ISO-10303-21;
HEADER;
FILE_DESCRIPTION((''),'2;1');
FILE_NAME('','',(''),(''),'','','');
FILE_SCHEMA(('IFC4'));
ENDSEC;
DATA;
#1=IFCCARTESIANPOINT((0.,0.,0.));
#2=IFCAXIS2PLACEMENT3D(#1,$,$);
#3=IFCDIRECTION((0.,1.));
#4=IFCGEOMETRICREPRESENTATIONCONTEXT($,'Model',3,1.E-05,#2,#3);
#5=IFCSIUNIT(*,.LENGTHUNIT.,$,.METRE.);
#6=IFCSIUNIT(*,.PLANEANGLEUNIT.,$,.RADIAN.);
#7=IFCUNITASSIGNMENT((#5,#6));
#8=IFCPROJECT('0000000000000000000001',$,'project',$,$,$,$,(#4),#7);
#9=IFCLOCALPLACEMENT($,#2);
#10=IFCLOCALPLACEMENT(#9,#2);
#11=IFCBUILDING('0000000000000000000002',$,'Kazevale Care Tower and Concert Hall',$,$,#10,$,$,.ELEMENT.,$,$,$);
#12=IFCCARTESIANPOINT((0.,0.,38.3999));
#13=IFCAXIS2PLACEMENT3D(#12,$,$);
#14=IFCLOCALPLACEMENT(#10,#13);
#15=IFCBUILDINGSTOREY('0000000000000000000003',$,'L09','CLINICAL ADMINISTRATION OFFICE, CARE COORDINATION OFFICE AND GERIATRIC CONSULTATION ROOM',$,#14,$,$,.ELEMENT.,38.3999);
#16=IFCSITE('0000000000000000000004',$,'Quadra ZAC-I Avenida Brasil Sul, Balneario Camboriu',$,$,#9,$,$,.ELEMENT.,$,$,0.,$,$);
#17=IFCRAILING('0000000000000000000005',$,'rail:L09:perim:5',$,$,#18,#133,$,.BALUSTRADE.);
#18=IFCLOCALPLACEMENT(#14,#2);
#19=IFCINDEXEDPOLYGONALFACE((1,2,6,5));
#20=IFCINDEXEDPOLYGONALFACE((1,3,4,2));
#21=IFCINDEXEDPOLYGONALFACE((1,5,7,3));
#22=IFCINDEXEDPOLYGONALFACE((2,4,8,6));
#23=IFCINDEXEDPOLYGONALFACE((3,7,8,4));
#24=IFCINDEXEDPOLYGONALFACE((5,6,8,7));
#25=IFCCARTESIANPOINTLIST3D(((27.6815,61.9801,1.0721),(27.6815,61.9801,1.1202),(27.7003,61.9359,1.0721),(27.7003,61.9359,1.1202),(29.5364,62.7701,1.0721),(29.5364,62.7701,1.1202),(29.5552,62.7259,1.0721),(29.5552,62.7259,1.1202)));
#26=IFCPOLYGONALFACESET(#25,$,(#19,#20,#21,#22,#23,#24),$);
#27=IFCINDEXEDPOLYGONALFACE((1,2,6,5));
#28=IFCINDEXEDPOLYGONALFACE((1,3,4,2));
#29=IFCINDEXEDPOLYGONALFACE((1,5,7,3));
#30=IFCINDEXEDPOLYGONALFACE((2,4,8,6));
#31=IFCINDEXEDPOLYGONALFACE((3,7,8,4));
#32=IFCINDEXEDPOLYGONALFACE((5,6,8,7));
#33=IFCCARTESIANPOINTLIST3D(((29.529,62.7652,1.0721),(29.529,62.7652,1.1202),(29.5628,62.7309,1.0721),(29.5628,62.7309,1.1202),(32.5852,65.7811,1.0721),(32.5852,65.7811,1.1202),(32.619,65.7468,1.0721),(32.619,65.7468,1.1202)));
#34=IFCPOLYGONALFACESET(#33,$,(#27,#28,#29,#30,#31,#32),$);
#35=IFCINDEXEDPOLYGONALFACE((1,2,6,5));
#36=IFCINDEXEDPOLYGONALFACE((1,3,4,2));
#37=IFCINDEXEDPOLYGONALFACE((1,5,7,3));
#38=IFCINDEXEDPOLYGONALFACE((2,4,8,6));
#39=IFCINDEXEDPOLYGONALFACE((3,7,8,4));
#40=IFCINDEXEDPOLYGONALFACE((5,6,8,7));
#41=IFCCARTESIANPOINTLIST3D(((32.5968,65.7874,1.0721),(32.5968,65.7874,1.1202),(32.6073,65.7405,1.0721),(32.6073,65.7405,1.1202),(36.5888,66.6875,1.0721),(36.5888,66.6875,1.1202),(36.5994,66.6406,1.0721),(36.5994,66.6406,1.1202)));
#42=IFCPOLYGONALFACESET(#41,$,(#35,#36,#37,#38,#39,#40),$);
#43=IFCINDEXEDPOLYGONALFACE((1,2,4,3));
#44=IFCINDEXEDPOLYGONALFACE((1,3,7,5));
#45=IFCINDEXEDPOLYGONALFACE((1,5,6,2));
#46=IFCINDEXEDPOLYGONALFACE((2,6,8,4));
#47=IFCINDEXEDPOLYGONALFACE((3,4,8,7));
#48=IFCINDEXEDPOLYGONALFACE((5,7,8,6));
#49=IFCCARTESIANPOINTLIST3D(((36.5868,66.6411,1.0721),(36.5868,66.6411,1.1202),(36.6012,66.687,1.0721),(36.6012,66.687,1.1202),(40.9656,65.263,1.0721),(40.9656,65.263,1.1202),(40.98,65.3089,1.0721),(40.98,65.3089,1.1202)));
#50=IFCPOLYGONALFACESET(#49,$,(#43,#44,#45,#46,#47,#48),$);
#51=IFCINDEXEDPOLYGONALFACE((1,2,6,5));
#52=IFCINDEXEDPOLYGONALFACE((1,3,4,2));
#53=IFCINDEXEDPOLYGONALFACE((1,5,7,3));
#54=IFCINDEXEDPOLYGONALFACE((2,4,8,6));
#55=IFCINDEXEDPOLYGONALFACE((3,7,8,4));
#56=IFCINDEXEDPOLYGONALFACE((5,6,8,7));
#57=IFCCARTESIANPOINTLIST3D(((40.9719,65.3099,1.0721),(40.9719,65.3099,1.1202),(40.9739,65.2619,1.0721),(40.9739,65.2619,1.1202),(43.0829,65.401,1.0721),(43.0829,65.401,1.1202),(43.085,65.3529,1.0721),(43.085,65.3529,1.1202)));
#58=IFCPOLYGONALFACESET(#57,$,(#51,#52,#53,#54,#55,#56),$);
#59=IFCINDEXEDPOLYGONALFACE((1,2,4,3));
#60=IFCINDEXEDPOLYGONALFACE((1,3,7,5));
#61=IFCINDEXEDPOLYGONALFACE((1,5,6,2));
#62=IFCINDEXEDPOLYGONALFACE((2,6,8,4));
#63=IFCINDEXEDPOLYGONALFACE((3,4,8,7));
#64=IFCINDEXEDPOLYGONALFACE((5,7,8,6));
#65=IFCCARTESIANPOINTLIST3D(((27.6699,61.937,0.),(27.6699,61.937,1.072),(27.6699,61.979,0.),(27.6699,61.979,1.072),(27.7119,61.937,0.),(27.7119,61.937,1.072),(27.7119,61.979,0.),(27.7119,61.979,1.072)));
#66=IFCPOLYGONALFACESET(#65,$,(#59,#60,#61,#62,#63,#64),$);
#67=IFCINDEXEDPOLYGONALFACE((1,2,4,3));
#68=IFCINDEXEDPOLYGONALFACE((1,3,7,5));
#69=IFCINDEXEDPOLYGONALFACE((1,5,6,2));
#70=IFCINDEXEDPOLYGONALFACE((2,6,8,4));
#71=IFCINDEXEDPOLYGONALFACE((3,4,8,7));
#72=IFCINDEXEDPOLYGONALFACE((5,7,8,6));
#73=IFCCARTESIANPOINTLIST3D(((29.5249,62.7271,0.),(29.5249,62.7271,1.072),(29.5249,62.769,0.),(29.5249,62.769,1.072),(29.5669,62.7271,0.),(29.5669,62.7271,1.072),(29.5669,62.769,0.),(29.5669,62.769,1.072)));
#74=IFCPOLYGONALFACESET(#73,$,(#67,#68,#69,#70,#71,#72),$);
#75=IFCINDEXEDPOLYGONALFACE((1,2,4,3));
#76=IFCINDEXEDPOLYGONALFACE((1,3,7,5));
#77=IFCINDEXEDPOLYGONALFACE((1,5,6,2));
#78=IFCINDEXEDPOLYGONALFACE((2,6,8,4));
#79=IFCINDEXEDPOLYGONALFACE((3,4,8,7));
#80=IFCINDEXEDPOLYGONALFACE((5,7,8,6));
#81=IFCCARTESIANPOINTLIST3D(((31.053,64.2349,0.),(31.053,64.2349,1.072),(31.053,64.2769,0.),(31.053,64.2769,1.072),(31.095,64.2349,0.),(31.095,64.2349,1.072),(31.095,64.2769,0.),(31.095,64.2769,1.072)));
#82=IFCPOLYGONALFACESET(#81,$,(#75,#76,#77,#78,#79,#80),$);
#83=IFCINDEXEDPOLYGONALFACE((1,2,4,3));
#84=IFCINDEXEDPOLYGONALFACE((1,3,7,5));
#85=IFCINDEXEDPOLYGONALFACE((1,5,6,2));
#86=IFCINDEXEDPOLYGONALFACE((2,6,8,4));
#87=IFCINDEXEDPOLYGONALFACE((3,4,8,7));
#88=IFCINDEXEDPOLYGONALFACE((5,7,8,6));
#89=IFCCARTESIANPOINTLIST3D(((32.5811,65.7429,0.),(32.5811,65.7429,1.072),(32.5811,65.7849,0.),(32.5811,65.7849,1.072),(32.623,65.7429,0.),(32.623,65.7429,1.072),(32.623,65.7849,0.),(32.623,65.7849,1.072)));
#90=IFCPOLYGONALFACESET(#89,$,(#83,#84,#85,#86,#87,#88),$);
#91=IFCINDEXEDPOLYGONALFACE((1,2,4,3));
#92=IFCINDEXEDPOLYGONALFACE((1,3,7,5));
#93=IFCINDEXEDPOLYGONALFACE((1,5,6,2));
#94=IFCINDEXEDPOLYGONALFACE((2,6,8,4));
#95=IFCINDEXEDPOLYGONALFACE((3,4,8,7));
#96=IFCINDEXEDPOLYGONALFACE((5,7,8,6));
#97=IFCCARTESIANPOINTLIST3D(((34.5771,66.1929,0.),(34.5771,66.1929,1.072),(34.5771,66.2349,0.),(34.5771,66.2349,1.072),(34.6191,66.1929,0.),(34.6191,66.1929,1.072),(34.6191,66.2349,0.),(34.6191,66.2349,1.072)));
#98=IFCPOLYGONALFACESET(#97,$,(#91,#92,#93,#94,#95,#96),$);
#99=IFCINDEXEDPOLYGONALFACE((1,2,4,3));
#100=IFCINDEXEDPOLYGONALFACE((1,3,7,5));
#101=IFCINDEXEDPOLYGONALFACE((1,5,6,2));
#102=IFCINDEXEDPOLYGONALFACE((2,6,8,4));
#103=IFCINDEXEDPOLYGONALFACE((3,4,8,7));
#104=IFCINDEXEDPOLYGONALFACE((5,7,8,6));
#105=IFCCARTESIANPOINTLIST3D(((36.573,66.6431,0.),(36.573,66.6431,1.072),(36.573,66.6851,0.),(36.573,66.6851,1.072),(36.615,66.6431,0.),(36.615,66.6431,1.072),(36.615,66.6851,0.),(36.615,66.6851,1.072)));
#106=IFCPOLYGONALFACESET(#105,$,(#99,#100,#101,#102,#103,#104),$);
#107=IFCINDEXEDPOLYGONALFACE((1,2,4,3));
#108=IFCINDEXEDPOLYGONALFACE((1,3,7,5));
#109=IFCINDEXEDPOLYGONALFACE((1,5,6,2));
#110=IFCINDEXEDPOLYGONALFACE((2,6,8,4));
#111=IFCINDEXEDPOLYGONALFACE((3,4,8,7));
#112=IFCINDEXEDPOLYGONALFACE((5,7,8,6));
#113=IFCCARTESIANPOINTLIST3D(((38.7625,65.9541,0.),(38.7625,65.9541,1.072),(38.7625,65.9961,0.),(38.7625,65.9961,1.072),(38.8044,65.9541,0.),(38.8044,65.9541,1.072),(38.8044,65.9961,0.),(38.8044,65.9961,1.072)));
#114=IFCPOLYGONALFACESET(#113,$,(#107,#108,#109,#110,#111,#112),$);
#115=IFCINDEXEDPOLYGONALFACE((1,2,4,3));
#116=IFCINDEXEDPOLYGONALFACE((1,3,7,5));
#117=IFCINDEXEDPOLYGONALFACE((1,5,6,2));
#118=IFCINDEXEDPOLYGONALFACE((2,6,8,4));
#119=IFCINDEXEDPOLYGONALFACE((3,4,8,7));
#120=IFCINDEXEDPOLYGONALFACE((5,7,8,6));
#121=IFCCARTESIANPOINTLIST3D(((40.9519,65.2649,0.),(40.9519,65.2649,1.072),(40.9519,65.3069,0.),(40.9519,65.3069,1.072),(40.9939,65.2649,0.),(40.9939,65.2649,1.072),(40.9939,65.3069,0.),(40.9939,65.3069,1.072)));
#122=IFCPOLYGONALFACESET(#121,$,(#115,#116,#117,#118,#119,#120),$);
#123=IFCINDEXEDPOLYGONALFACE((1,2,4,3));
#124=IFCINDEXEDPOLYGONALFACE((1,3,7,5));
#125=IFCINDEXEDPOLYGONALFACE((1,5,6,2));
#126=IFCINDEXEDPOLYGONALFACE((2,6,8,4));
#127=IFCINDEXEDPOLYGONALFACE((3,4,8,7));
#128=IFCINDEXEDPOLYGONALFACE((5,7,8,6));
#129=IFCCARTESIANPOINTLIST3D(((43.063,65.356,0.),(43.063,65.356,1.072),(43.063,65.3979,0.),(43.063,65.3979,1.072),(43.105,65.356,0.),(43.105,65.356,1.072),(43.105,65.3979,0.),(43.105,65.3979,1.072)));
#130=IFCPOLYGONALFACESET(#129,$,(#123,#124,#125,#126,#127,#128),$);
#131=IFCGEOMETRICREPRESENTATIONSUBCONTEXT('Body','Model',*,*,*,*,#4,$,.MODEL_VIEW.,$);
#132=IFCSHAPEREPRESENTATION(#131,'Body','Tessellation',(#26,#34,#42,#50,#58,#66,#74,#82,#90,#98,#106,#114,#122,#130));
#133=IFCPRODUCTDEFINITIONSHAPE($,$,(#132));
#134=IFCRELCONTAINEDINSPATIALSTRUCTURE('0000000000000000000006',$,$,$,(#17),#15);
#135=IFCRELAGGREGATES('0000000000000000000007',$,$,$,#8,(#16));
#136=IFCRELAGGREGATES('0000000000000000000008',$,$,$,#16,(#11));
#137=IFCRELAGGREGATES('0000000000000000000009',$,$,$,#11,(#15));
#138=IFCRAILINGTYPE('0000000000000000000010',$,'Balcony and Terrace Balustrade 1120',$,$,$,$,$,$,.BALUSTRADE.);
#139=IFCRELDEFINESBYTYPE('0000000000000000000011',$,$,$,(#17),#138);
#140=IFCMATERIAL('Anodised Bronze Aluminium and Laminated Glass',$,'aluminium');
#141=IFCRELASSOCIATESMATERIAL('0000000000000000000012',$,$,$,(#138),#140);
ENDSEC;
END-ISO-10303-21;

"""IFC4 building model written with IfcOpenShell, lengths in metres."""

from ifc_helpers import new_model, si_unit, direction, frame, origin, origin_2d, place, context, subcontext, project, spatial, rectangle, extrude, material, type_object, element, save


model = new_model("IFC4")

# Units and contexts
model_context = context("Model", 3, precision=1e-05, world=origin(), true_north=direction((0.0, 1.0)))
body_context = subcontext(model_context, "Body", "Model", "MODEL_VIEW")
ifc_project = project(units=[si_unit("LENGTHUNIT", "METRE"), si_unit("PLANEANGLEUNIT", "RADIAN")], contexts=[model_context])

# Site, building, storey
site_placement = place(None, origin())
site = spatial("IfcSite", under=ifc_project, at=site_placement, Name="Quadra ZAC-I Avenida Brasil Sul, Balneario Camboriu", CompositionType="ELEMENT", RefElevation=0.0)
building_placement = place(site_placement, origin())
building = spatial("IfcBuilding", under=site, at=building_placement, Name="Kazevale Care Tower and Concert Hall", CompositionType="ELEMENT")
storey_placement = place(building_placement, frame((0.0, 0.0, 38.3999)))
storey = spatial("IfcBuildingStorey", under=building, at=storey_placement, Name="L09", Description="CLINICAL ADMINISTRATION OFFICE, CARE COORDINATION OFFICE AND GERIATRIC CONSULTATION ROOM", CompositionType="ELEMENT", Elevation=38.3999)

# Railing
ifc_material_1 = material(Name="Anodised Bronze Aluminium and Laminated Glass", Category="aluminium")
railing_type = type_object("IfcRailingType", Name="Balcony and Terrace Balustrade 1120", PredefinedType="BALUSTRADE", material=ifc_material_1)
railing_1_placement = place(storey_placement, frame((27.6909, 61.958, 0.0)))
element("IfcRailing", 1, at=railing_1_placement, inside=storey, type_object=railing_type, Name="rail:L09:perim:5", PredefinedType="BALUSTRADE", context=body_context, shape_type="SweptSolid", body=[
    extrude(rectangle(XDim=0.0481, YDim=0.0481, at=origin_2d()), frame((0.0, 0.0, 1.0962), z_axis=(0.920032, 0.391843, 0.0), x_axis=(-0.391843, 0.920032, 0.0)), (0.0, 0.0, 1.0), 2.0161),
    extrude(rectangle(XDim=0.0481, YDim=0.0481, at=origin_2d()), frame((1.855, 0.79, 1.0962), z_axis=(0.711782, 0.7024, 0.0), x_axis=(-0.7024, 0.711782, 0.0)), (0.0, 0.0, 1.0), 4.2937),
    extrude(rectangle(XDim=0.0481, YDim=0.0481, at=origin_2d()), frame((4.9111, 3.8059, 1.0962), z_axis=(0.975507, 0.219968, 0.0), x_axis=(-0.219968, 0.975507, 0.0)), (0.0, 0.0, 1.0), 4.0923),
    extrude(rectangle(XDim=0.0481, YDim=0.0481, at=origin_2d()), frame((8.9031, 4.7061, 1.0962), z_axis=(0.953872, -0.300212, 0.0), x_axis=(0.300212, 0.953872, 0.0)), (0.0, 0.0, 1.0), 4.5906),
    extrude(rectangle(XDim=0.0481, YDim=0.0481, at=origin_2d()), frame((13.282, 3.3279, 1.0962), z_axis=(0.999071, 0.043096, 0.0), x_axis=(-0.043096, 0.999071, 0.0)), (0.0, 0.0, 1.0), 2.113),
    extrude(rectangle(XDim=0.042, YDim=0.042, at=origin_2d()), origin(), (0.0, 0.0, 1.0), 1.072),
    extrude(rectangle(XDim=0.042, YDim=0.042, at=origin_2d()), frame((1.855, 0.79, 0.0)), (0.0, 0.0, 1.0), 1.072),
    extrude(rectangle(XDim=0.042, YDim=0.042, at=origin_2d()), frame((3.3831, 2.2979, 0.0)), (0.0, 0.0, 1.0), 1.072),
    extrude(rectangle(XDim=0.042, YDim=0.042, at=origin_2d()), frame((4.9111, 3.8059, 0.0)), (0.0, 0.0, 1.0), 1.072),
    extrude(rectangle(XDim=0.042, YDim=0.042, at=origin_2d()), frame((6.9072, 4.2559, 0.0)), (0.0, 0.0, 1.0), 1.072),
    extrude(rectangle(XDim=0.042, YDim=0.042, at=origin_2d()), frame((8.9031, 4.7061, 0.0)), (0.0, 0.0, 1.0), 1.072),
    extrude(rectangle(XDim=0.042, YDim=0.042, at=origin_2d()), frame((11.0925, 4.0171, 0.0)), (0.0, 0.0, 1.0), 1.072),
    extrude(rectangle(XDim=0.042, YDim=0.042, at=origin_2d()), frame((13.282, 3.3279, 0.0)), (0.0, 0.0, 1.0), 1.072),
    extrude(rectangle(XDim=0.042, YDim=0.042, at=origin_2d()), frame((15.3931, 3.4189, 0.0)), (0.0, 0.0, 1.0), 1.072),
])

save(model, "model.ifc")
